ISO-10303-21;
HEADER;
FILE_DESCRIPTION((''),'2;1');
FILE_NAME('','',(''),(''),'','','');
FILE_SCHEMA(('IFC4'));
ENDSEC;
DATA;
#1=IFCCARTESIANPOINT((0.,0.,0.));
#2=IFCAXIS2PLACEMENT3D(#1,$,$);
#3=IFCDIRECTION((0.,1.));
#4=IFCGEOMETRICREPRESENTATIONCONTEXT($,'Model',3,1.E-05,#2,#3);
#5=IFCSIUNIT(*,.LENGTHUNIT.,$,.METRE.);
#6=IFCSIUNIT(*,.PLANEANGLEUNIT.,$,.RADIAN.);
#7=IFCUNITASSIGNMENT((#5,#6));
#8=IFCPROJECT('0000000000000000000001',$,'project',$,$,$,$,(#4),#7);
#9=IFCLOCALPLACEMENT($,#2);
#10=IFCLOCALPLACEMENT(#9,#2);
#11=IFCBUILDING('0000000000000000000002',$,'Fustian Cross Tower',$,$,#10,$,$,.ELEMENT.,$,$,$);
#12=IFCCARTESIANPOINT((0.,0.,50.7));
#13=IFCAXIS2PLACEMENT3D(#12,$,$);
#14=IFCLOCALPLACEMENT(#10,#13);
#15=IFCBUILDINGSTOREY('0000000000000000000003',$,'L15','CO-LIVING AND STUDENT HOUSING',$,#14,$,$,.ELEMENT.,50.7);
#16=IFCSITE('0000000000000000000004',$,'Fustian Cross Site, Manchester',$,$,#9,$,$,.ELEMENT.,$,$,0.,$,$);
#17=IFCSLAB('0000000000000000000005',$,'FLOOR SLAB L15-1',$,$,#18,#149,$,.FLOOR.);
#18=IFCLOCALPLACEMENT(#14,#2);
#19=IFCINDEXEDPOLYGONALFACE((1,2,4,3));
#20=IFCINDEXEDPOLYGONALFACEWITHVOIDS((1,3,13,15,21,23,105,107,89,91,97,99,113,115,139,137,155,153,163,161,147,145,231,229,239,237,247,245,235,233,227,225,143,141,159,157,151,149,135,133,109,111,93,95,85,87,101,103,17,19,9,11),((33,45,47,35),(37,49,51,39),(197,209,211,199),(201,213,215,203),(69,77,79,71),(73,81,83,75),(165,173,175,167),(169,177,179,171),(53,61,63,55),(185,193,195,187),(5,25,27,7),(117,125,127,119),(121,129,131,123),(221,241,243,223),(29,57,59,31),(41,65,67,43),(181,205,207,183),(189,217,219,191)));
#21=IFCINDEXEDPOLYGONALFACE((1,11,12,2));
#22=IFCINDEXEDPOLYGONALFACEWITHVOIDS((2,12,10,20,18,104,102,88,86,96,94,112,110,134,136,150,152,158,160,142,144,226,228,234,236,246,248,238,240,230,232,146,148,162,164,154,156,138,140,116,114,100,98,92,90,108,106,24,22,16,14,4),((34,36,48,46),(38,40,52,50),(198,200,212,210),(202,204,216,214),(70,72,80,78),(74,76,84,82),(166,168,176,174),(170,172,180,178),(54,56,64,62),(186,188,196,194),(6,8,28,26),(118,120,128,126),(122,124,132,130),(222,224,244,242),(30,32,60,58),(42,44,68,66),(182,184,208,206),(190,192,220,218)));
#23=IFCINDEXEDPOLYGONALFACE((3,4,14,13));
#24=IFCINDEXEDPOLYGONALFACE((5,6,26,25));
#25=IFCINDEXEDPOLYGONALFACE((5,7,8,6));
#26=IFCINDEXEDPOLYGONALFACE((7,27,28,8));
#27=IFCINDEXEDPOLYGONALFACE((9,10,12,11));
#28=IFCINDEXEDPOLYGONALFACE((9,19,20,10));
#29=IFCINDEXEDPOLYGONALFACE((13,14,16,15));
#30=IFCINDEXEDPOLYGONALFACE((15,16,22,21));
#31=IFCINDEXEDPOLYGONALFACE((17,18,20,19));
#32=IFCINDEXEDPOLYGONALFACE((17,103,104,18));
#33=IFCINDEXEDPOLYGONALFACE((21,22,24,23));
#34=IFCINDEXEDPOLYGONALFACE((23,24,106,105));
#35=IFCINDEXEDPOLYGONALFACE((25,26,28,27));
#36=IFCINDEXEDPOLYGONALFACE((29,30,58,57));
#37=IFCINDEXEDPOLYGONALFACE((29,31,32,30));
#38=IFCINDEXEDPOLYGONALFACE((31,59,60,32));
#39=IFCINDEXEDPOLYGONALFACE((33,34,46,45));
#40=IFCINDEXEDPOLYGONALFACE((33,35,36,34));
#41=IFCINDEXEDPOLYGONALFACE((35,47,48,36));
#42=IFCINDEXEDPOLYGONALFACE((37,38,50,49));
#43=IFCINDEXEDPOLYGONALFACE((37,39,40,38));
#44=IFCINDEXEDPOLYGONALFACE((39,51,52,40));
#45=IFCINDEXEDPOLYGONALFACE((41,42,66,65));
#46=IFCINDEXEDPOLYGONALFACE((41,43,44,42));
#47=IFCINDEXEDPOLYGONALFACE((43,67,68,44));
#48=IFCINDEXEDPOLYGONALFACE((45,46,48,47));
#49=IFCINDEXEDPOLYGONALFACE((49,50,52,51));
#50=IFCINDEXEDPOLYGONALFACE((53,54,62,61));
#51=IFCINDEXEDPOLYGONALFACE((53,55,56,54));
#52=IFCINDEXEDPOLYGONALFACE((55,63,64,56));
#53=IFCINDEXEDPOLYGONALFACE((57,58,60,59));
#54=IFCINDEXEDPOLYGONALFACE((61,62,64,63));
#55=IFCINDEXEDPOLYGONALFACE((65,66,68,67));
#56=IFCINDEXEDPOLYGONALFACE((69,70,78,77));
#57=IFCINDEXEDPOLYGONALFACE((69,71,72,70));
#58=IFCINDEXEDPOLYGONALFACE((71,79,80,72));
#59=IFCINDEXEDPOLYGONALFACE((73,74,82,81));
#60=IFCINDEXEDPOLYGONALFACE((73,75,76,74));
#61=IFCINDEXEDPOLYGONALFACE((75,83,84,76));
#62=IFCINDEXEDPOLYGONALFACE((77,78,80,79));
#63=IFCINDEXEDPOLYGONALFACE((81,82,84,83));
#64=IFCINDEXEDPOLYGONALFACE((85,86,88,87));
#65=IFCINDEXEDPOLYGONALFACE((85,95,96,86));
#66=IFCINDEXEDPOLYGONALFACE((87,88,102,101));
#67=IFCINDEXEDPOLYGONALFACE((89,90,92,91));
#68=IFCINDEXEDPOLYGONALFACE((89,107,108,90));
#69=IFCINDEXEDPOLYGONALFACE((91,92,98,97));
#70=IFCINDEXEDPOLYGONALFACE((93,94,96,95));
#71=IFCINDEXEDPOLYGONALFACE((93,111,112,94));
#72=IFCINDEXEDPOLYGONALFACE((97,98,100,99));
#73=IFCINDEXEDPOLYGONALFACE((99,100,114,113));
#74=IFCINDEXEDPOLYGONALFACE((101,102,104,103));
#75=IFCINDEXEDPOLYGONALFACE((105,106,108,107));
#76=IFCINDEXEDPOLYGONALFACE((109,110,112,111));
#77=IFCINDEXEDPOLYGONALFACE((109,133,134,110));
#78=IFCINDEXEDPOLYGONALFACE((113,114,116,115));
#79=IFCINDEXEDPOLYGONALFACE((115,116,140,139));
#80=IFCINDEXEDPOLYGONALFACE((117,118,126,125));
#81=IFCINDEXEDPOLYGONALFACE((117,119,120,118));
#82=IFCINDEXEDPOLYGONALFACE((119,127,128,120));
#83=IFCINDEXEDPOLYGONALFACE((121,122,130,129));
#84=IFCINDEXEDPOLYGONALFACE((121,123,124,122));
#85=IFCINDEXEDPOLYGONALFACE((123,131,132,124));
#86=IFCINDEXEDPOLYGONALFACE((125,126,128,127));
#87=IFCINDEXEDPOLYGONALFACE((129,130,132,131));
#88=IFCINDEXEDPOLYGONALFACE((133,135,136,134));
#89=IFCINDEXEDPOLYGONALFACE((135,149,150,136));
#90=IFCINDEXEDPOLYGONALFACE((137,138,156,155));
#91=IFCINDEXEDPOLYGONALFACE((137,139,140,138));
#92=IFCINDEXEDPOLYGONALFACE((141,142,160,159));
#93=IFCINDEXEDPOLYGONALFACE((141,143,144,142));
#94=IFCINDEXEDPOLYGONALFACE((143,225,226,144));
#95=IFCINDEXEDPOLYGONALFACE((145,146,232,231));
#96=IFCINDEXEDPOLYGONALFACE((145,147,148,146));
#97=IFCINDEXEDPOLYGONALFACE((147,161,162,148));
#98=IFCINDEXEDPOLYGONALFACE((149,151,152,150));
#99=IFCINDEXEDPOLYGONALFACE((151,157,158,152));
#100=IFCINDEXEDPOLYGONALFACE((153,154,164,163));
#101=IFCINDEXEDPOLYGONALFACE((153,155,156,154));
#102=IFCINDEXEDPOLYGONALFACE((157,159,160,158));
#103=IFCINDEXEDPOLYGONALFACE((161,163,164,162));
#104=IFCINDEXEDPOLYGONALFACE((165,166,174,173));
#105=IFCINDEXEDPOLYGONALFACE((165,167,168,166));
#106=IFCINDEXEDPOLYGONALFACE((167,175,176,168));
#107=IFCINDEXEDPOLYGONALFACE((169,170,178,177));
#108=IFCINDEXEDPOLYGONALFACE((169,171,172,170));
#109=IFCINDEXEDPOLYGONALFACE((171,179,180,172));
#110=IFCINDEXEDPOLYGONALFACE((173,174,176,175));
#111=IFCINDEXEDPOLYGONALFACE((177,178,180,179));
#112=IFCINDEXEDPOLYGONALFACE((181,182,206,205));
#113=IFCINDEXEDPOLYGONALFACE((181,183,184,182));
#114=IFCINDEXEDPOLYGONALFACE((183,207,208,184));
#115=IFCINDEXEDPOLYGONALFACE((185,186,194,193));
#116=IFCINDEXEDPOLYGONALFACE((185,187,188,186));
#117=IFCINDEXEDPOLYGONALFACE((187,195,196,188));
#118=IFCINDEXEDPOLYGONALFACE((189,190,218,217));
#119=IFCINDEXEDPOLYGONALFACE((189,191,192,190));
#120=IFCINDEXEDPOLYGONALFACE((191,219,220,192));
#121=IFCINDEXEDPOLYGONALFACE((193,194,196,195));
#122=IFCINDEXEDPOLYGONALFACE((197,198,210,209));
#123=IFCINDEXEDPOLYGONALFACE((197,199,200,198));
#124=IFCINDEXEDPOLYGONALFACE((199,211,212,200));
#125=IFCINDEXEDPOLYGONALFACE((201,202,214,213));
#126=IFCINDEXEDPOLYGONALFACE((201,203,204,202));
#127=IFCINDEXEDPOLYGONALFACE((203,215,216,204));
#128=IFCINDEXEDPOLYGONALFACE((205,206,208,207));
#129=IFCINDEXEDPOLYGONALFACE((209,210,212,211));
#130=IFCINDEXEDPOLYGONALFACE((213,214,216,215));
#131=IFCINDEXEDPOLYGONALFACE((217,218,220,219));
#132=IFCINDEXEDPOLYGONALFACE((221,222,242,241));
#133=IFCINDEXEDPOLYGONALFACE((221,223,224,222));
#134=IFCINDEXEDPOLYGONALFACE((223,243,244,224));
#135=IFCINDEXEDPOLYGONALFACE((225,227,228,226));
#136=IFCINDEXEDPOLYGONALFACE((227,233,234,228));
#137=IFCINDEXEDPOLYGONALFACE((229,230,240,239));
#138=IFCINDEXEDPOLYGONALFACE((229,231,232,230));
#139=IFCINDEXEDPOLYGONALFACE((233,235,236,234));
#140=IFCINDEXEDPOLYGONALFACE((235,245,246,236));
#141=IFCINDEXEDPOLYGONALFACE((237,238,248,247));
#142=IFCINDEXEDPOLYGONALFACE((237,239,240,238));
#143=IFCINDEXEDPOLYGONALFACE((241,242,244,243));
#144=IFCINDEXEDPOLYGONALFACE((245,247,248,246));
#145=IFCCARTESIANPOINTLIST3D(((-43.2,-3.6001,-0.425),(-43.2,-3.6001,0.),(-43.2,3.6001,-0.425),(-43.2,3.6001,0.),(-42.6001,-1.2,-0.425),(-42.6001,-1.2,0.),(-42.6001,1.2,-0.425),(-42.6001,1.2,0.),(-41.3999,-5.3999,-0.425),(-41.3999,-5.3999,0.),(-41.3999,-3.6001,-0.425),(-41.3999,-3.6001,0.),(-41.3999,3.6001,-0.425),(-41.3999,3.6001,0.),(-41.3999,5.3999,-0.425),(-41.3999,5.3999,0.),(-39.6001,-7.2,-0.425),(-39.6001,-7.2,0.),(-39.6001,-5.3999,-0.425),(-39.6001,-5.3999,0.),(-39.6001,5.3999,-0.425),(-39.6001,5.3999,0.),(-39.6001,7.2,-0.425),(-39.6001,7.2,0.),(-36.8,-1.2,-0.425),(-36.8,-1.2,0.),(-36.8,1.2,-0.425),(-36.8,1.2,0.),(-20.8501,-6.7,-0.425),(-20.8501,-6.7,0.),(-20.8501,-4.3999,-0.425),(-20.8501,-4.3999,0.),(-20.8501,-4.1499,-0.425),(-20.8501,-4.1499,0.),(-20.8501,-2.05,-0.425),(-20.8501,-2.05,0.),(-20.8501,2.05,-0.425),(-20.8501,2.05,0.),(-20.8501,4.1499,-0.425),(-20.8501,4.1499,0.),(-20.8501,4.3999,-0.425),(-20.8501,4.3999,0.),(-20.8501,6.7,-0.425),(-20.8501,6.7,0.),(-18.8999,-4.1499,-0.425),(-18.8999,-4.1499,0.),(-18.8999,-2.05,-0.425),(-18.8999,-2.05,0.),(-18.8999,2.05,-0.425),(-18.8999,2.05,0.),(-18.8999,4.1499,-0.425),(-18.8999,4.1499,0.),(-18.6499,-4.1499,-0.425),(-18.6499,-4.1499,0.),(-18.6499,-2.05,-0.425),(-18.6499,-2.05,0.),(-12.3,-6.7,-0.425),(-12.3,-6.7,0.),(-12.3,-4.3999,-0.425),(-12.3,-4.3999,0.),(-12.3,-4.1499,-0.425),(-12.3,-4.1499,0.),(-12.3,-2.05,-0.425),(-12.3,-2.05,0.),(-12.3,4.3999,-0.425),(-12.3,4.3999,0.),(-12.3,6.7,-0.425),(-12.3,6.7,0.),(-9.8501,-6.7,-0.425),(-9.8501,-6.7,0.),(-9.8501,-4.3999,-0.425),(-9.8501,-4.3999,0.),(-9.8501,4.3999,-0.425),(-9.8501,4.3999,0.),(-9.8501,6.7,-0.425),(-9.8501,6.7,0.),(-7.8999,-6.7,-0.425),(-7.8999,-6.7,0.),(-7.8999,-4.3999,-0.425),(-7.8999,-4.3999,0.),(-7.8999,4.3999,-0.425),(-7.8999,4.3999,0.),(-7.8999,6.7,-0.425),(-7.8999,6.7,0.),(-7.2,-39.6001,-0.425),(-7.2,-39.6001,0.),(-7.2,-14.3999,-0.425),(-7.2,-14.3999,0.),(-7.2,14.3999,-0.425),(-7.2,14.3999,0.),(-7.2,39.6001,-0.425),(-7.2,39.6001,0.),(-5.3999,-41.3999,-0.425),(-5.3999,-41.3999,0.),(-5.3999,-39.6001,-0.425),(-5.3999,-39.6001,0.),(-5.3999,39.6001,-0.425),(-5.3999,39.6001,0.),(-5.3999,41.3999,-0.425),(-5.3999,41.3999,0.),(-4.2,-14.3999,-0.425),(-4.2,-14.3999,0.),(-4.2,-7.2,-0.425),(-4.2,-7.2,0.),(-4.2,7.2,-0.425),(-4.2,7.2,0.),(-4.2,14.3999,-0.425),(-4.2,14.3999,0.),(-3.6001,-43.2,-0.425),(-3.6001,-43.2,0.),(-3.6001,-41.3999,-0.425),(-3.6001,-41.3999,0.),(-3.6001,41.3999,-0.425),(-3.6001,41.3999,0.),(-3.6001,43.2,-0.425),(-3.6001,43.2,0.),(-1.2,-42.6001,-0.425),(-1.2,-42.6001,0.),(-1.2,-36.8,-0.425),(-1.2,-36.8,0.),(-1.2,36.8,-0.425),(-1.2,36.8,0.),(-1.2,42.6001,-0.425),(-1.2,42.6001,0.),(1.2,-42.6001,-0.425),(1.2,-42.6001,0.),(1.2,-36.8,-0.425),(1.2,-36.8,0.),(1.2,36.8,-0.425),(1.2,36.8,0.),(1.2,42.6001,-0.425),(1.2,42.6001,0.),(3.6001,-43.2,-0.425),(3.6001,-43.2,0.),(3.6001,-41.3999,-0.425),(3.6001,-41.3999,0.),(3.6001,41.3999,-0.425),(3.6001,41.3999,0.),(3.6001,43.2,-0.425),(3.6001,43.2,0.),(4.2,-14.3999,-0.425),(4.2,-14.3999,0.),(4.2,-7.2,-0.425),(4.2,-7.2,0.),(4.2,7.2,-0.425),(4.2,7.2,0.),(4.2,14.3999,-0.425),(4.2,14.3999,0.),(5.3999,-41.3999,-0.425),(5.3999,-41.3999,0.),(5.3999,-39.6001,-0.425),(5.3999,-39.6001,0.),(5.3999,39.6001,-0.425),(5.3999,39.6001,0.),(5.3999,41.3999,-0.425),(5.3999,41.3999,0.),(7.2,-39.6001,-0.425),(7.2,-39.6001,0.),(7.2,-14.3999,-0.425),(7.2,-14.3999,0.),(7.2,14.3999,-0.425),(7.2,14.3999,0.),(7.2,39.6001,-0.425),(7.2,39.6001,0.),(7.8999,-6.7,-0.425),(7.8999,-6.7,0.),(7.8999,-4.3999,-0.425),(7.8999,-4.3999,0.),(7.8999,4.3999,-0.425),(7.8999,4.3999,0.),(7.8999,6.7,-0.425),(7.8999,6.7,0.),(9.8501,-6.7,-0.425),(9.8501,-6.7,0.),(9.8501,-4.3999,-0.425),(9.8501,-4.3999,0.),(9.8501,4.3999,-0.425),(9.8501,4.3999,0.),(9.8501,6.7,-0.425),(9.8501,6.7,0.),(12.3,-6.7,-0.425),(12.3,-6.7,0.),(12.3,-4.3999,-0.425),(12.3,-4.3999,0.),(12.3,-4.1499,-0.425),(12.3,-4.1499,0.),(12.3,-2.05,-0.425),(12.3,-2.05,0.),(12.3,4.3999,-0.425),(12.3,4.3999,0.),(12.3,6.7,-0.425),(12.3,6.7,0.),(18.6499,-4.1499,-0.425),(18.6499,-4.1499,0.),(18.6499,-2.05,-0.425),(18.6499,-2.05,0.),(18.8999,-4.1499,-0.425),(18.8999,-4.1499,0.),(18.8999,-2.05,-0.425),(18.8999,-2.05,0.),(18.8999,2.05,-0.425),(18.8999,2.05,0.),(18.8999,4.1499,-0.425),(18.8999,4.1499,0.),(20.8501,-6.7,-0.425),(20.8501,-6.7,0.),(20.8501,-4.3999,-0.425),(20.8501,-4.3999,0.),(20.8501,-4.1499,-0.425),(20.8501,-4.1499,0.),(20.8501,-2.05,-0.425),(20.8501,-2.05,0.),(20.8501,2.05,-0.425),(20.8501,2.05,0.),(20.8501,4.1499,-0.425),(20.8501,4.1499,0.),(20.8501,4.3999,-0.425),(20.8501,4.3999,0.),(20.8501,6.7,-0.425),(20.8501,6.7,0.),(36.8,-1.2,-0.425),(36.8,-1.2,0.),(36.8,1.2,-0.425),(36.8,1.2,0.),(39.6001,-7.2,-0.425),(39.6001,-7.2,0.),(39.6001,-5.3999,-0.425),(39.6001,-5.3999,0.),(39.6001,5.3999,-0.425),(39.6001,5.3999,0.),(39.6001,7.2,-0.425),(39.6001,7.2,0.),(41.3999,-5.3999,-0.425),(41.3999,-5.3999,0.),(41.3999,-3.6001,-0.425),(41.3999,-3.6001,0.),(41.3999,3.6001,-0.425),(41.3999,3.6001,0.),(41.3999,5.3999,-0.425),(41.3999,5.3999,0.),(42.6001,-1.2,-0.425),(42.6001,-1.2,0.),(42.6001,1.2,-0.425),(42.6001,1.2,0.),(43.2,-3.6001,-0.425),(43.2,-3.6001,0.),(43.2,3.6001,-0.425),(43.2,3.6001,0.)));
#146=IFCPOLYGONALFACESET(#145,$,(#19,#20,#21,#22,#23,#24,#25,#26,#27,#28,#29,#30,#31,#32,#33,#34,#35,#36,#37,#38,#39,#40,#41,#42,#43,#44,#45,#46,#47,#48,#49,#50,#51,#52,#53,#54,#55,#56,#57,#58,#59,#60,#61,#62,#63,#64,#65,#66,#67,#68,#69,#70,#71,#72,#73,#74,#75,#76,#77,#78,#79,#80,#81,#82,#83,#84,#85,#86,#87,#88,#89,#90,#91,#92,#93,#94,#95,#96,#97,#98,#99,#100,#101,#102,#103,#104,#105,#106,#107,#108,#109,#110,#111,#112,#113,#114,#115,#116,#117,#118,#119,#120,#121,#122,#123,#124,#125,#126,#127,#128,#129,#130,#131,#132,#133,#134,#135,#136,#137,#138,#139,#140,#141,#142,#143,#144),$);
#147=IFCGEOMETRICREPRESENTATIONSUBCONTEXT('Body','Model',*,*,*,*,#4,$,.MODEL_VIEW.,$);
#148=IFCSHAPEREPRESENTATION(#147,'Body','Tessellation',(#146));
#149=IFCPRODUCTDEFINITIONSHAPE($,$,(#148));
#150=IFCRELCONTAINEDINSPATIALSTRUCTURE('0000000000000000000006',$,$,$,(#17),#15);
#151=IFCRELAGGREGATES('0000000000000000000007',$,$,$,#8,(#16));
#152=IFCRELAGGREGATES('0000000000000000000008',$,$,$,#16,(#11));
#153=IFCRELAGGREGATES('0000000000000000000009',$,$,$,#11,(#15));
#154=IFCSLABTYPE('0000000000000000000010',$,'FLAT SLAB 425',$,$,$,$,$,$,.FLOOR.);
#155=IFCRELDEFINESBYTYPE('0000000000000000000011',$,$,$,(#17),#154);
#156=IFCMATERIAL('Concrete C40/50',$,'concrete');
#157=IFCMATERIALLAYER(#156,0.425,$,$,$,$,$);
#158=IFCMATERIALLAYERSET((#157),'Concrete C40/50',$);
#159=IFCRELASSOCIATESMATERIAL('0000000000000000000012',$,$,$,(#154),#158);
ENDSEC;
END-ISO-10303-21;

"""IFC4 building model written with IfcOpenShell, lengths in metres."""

from ifc_helpers import new_model, si_unit, direction, frame, origin, place, context, subcontext, project, spatial, polyline, outline, extrude, material, layer, layer_set, type_object, element, save


model = new_model("IFC4")

# Units and contexts
model_context = context("Model", 3, precision=1e-05, world=origin(), true_north=direction((0.0, 1.0)))
body_context = subcontext(model_context, "Body", "Model", "MODEL_VIEW")
ifc_project = project(units=[si_unit("LENGTHUNIT", "METRE"), si_unit("PLANEANGLEUNIT", "RADIAN")], contexts=[model_context])

# Site, building, storey
site_placement = place(None, origin())
site = spatial("IfcSite", under=ifc_project, at=site_placement, Name="Fustian Cross Site, Manchester", CompositionType="ELEMENT", RefElevation=0.0)
building_placement = place(site_placement, origin())
building = spatial("IfcBuilding", under=site, at=building_placement, Name="Fustian Cross Tower", CompositionType="ELEMENT")
storey_placement = place(building_placement, frame((0.0, 0.0, 50.7)))
storey = spatial("IfcBuildingStorey", under=building, at=storey_placement, Name="L15", Description="CO-LIVING AND STUDENT HOUSING", CompositionType="ELEMENT", Elevation=50.7)

# Slab
ifc_material_1 = material(Name="Concrete C40/50", Category="concrete")
ifc_layer_1 = layer(ifc_material_1, 0.425)
ifc_layer_set_1 = layer_set([ifc_layer_1], Name="Concrete C40/50")
slab_type = type_object("IfcSlabType", Name="FLAT SLAB 425", PredefinedType="FLOOR", material=ifc_layer_set_1)
slab_placement = place(storey_placement, frame((0.0, 0.0, -0.425)))
element("IfcSlab", 1, at=slab_placement, inside=storey, type_object=slab_type, Name="FLOOR SLAB L15-1", PredefinedType="FLOOR", context=body_context, shape_type="SweptSolid", body=[
    extrude(outline(polyline([(-4.2, -7.2), (-39.6001, -7.2), (-39.6001, -5.3999), (-41.3999, -5.3999), (-41.3999, -3.6001), (-43.2, -3.6001), (-43.2, 3.6001), (-41.3999, 3.6001), (-41.3999, 5.3999), (-39.6001, 5.3999), (-39.6001, 7.2), (-4.2, 7.2), (-4.2, 14.3999), (-7.2, 14.3999), (-7.2, 39.6001), (-5.3999, 39.6001), (-5.3999, 41.3999), (-3.6001, 41.3999), (-3.6001, 43.2), (3.6001, 43.2), (3.6001, 41.3999), (5.3999, 41.3999), (5.3999, 39.6001), (7.2, 39.6001), (7.2, 14.3999), (4.2, 14.3999), (4.2, 7.2), (39.6001, 7.2), (39.6001, 5.3999), (41.3999, 5.3999), (41.3999, 3.6001), (43.2, 3.6001), (43.2, -3.6001), (41.3999, -3.6001), (41.3999, -5.3999), (39.6001, -5.3999), (39.6001, -7.2), (4.2, -7.2), (4.2, -14.3999), (7.2, -14.3999), (7.2, -39.6001), (5.3999, -39.6001), (5.3999, -41.3999), (3.6001, -41.3999), (3.6001, -43.2), (-3.6001, -43.2), (-3.6001, -41.3999), (-5.3999, -41.3999), (-5.3999, -39.6001), (-7.2, -39.6001), (-7.2, -14.3999), (-4.2, -14.3999), (-4.2, -7.2)]), holes=[polyline([(18.8999, -2.05), (18.8999, -4.1499), (20.8501, -4.1499), (20.8501, -2.05), (18.8999, -2.05)]), polyline([(20.8501, 4.1499), (18.8999, 4.1499), (18.8999, 2.05), (20.8501, 2.05), (20.8501, 4.1499)]), polyline([(9.8501, 4.3999), (9.8501, 6.7), (7.8999, 6.7), (7.8999, 4.3999), (9.8501, 4.3999)]), polyline([(7.8999, -6.7), (9.8501, -6.7), (9.8501, -4.3999), (7.8999, -4.3999), (7.8999, -6.7)]), polyline([(-20.8501, -2.05), (-20.8501, -4.1499), (-18.8999, -4.1499), (-18.8999, -2.05), (-20.8501, -2.05)]), polyline([(-18.8999, 4.1499), (-20.8501, 4.1499), (-20.8501, 2.05), (-18.8999, 2.05), (-18.8999, 4.1499)]), polyline([(-7.8999, 4.3999), (-7.8999, 6.7), (-9.8501, 6.7), (-9.8501, 4.3999), (-7.8999, 4.3999)]), polyline([(-9.8501, -6.7), (-7.8999, -6.7), (-7.8999, -4.3999), (-9.8501, -4.3999), (-9.8501, -6.7)]), polyline([(12.3, -2.05), (12.3, -4.1499), (18.6499, -4.1499), (18.6499, -2.05), (12.3, -2.05)]), polyline([(-12.3, -2.05), (-18.6499, -2.05), (-18.6499, -4.1499), (-12.3, -4.1499), (-12.3, -2.05)]), polyline([(20.8501, 4.3999), (20.8501, 6.7), (12.3, 6.7), (12.3, 4.3999), (20.8501, 4.3999)]), polyline([(12.3, -6.7), (20.8501, -6.7), (20.8501, -4.3999), (12.3, -4.3999), (12.3, -6.7)]), polyline([(-20.8501, 6.7), (-20.8501, 4.3999), (-12.3, 4.3999), (-12.3, 6.7), (-20.8501, 6.7)]), polyline([(-12.3, -4.3999), (-20.8501, -4.3999), (-20.8501, -6.7), (-12.3, -6.7), (-12.3, -4.3999)]), polyline([(1.2, 36.8), (1.2, 42.6001), (-1.2, 42.6001), (-1.2, 36.8), (1.2, 36.8)]), polyline([(-1.2, -42.6001), (1.2, -42.6001), (1.2, -36.8), (-1.2, -36.8), (-1.2, -42.6001)]), polyline([(36.8, 1.2), (36.8, -1.2), (42.6001, -1.2), (42.6001, 1.2), (36.8, 1.2)]), polyline([(-36.8, 1.2), (-42.6001, 1.2), (-42.6001, -1.2), (-36.8, -1.2), (-36.8, 1.2)])]), origin(), (0.0, 0.0, 1.0), 0.425),
])

save(model, "model.ifc")
